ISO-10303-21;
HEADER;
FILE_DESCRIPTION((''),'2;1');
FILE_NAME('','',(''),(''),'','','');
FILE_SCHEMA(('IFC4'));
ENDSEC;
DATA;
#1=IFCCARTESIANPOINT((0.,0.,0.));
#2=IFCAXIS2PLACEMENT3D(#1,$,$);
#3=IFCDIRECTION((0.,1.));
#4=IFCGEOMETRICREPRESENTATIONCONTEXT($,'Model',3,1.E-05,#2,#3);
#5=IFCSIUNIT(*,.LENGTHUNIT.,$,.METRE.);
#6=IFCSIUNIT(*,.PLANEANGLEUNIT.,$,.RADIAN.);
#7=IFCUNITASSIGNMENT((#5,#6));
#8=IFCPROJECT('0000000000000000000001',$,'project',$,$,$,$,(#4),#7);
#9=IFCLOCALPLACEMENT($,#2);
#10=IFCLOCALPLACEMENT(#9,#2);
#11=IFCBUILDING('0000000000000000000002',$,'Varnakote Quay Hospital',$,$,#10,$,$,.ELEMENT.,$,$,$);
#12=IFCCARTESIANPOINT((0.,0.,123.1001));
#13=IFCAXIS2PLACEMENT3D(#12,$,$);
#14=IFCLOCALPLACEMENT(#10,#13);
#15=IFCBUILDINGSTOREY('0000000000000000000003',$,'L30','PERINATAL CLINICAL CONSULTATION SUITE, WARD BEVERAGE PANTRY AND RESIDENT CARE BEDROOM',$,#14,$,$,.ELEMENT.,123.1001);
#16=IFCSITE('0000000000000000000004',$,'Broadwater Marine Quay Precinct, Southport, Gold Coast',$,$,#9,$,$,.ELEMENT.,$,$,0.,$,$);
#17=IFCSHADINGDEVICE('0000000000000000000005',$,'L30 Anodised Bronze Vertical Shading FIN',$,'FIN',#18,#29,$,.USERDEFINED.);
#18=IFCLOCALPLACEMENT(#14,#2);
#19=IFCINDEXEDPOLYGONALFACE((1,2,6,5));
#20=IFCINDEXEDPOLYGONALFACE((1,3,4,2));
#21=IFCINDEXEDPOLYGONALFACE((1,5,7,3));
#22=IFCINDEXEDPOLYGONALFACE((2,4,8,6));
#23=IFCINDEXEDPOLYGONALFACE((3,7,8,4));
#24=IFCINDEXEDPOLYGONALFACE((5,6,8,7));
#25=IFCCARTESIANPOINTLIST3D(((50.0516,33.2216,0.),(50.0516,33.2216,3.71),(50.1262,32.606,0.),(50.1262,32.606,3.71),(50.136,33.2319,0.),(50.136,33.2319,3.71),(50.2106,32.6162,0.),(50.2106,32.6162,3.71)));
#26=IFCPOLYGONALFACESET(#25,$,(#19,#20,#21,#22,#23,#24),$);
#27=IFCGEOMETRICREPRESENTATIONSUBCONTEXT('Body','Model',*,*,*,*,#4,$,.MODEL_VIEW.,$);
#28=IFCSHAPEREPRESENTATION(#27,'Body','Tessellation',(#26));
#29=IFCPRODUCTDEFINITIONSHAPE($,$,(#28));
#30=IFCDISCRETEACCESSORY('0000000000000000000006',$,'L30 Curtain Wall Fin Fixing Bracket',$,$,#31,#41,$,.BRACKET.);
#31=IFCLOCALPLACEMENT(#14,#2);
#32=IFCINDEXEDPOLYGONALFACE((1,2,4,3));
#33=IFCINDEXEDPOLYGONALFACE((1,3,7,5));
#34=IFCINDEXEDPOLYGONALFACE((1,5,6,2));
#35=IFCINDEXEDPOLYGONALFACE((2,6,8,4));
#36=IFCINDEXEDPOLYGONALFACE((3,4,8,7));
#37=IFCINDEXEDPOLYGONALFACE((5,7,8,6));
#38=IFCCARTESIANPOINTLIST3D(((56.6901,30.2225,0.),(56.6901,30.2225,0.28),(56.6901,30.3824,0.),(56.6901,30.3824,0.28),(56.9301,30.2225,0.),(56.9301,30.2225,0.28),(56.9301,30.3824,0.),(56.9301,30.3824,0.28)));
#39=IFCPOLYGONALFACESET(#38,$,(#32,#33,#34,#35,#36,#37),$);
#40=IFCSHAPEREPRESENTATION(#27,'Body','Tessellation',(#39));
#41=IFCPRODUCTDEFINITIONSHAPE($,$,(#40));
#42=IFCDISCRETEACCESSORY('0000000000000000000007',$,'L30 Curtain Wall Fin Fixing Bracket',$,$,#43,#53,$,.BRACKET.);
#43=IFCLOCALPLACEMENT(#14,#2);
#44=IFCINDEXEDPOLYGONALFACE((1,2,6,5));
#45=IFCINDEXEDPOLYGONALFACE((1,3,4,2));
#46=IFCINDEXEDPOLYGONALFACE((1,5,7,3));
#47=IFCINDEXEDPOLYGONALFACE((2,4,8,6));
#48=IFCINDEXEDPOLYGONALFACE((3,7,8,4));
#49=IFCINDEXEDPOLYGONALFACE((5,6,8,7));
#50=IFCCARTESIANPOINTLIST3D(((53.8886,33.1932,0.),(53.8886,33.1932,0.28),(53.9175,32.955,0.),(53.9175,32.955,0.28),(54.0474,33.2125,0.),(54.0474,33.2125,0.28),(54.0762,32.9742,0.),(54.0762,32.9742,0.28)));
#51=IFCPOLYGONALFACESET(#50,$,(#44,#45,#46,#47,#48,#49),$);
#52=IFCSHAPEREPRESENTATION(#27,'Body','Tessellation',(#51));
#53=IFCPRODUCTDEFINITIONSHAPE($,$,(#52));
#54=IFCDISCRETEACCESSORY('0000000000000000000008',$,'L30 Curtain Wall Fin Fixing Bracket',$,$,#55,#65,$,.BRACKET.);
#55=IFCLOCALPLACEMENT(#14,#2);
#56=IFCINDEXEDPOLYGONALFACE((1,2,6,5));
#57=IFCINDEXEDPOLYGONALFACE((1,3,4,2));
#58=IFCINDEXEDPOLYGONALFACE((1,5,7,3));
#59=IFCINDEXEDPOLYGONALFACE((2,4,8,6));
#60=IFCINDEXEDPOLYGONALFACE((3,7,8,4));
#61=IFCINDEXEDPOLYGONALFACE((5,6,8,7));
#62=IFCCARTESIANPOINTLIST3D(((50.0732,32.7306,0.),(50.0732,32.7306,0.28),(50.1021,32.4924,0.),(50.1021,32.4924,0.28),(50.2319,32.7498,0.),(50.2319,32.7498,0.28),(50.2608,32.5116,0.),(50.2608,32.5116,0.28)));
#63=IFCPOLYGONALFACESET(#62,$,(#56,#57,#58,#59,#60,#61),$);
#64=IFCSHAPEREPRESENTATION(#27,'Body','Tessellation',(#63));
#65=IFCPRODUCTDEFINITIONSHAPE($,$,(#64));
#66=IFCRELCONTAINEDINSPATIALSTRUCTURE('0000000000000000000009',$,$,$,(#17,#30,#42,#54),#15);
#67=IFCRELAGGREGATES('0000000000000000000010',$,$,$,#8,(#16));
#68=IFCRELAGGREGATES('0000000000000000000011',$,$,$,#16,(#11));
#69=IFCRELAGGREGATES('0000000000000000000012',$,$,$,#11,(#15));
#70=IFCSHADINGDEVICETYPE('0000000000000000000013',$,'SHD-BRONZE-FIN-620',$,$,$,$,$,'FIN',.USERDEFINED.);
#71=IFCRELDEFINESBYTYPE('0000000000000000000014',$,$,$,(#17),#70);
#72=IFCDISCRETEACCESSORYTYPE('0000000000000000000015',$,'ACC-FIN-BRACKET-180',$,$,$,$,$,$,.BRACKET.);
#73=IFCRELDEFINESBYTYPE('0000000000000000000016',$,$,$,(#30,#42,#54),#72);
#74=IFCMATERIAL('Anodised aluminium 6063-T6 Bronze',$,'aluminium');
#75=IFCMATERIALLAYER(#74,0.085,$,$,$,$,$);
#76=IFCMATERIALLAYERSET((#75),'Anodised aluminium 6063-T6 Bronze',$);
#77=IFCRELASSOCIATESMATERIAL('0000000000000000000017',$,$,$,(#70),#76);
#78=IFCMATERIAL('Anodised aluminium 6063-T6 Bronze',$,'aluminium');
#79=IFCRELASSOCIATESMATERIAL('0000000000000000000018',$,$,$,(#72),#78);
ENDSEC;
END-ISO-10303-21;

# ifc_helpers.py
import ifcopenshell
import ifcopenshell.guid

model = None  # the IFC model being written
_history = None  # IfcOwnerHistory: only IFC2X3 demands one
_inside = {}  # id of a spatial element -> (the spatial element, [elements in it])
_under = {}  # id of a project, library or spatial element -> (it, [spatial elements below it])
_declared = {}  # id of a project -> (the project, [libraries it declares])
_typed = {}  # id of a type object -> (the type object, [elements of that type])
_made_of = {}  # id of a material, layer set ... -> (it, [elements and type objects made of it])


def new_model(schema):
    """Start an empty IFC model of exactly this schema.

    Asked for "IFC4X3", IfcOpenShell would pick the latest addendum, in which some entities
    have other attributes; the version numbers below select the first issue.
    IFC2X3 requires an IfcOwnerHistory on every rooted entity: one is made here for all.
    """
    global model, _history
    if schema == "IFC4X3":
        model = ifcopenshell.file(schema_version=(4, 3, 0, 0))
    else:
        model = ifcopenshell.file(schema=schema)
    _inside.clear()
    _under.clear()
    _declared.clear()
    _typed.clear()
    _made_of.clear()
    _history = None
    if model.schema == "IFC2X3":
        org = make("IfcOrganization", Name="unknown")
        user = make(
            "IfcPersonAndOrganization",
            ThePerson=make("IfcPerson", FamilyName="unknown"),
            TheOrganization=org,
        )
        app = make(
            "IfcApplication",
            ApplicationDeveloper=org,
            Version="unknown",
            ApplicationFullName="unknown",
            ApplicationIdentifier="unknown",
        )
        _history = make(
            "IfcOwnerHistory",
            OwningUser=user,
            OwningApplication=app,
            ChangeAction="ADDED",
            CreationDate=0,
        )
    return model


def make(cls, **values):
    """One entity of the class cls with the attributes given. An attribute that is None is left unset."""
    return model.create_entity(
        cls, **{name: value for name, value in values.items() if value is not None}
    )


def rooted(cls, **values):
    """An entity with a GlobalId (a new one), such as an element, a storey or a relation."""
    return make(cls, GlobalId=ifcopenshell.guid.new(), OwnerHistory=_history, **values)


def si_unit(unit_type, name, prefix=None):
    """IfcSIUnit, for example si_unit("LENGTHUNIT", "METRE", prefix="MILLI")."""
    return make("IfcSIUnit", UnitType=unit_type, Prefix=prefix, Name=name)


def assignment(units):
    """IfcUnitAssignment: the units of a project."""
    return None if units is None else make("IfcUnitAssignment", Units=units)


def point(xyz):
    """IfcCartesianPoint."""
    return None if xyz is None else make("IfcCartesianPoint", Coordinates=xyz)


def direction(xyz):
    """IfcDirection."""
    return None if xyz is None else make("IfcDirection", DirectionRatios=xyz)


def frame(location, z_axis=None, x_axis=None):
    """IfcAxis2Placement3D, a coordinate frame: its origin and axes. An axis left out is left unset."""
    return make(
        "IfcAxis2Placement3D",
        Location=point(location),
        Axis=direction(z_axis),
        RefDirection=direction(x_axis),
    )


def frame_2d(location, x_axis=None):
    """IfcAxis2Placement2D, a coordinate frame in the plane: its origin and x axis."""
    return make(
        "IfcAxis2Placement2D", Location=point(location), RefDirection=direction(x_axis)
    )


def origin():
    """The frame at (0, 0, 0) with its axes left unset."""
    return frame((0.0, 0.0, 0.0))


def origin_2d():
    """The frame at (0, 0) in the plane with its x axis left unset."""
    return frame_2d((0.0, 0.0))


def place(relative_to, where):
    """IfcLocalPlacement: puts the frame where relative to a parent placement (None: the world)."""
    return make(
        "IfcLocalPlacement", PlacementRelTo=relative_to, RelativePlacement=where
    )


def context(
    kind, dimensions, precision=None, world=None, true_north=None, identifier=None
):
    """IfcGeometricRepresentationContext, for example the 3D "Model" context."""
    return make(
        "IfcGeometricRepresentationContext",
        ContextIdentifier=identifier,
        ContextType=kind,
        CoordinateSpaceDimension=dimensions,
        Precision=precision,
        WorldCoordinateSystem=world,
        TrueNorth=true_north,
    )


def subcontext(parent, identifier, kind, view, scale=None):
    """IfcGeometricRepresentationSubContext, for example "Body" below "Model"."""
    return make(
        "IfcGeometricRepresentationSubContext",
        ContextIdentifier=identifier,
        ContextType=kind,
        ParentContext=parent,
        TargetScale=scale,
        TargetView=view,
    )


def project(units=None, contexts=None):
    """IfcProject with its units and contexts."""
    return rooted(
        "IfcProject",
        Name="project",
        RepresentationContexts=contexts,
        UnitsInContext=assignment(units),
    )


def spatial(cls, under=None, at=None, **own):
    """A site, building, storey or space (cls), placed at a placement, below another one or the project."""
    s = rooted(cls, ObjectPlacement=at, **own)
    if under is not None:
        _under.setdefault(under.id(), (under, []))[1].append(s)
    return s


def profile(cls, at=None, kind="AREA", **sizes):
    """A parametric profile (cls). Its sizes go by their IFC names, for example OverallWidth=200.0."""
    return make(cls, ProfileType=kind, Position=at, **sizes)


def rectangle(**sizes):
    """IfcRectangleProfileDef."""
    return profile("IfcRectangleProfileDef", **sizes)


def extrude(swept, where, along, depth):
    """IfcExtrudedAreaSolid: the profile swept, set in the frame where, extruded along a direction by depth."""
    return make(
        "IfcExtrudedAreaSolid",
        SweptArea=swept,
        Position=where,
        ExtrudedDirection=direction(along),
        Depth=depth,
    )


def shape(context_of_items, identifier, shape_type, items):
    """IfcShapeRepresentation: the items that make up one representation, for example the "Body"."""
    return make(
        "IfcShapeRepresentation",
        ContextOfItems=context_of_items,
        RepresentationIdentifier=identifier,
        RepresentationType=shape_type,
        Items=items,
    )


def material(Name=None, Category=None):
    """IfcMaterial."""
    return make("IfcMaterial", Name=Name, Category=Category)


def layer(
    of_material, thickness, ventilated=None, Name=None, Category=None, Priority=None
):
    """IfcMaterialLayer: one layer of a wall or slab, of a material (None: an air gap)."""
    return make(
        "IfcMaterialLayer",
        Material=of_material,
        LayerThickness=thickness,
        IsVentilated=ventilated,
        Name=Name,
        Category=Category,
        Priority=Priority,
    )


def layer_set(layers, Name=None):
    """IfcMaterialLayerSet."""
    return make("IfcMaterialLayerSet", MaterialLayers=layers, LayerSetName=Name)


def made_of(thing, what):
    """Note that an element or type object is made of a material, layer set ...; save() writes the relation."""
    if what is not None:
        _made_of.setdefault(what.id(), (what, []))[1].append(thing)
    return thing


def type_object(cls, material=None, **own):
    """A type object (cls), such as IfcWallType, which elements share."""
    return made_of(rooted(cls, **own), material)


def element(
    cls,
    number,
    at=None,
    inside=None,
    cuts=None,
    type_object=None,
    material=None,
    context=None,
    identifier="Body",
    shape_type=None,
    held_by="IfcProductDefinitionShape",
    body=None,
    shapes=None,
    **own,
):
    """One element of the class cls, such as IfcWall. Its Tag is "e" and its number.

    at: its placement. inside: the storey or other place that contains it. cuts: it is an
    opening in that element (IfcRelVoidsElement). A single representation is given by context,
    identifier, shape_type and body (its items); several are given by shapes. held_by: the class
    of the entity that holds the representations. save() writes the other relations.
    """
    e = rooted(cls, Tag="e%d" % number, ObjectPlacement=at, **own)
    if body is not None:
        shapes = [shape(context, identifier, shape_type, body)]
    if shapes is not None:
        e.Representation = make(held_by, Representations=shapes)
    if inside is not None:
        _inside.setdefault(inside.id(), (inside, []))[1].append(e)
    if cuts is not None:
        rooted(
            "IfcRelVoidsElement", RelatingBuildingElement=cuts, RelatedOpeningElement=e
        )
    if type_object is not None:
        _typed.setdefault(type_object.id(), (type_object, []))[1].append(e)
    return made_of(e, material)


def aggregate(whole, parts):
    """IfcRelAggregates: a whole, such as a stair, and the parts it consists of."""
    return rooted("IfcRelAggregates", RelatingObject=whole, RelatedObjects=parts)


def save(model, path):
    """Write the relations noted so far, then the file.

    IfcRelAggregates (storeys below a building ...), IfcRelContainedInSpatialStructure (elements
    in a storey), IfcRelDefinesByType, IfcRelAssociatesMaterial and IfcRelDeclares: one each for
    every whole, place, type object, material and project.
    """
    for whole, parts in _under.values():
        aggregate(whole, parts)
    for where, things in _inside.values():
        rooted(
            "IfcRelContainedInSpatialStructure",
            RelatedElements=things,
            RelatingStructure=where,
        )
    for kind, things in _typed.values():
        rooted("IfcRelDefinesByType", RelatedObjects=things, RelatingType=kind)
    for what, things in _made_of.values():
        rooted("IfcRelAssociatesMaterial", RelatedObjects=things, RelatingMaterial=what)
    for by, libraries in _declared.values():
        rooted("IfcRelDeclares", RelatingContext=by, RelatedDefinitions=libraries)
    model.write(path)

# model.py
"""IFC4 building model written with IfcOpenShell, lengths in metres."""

from ifc_helpers import new_model, si_unit, direction, frame, origin, origin_2d, place, context, subcontext, project, spatial, rectangle, extrude, material, layer, layer_set, type_object, element, save


model = new_model("IFC4")

# Units and contexts
model_context = context("Model", 3, precision=1e-05, world=origin(), true_north=direction((0.0, 1.0)))
body_context = subcontext(model_context, "Body", "Model", "MODEL_VIEW")
ifc_project = project(units=[si_unit("LENGTHUNIT", "METRE"), si_unit("PLANEANGLEUNIT", "RADIAN")], contexts=[model_context])

# Site, building, storey
site_placement = place(None, origin())
site = spatial("IfcSite", under=ifc_project, at=site_placement, Name="Broadwater Marine Quay Precinct, Southport, Gold Coast", CompositionType="ELEMENT", RefElevation=0.0)
building_placement = place(site_placement, origin())
building = spatial("IfcBuilding", under=site, at=building_placement, Name="Varnakote Quay Hospital", CompositionType="ELEMENT")
storey_placement = place(building_placement, frame((0.0, 0.0, 123.1001)))
storey = spatial("IfcBuildingStorey", under=building, at=storey_placement, Name="L30", Description="PERINATAL CLINICAL CONSULTATION SUITE, WARD BEVERAGE PANTRY AND RESIDENT CARE BEDROOM", CompositionType="ELEMENT", Elevation=123.1001)

# Shading device
ifc_material_1 = material(Name="Anodised aluminium 6063-T6 Bronze", Category="aluminium")
ifc_layer_1 = layer(ifc_material_1, 0.085)
ifc_layer_set_1 = layer_set([ifc_layer_1], Name="Anodised aluminium 6063-T6 Bronze")
shading_device_type = type_object("IfcShadingDeviceType", Name="SHD-BRONZE-FIN-620", ElementType="FIN", PredefinedType="USERDEFINED", material=ifc_layer_set_1)
for number, where, z_axis, x_axis, name in (
    (1, (50.1311, 32.9189, 0.0), (0.0, 0.0, 1.0), (0.12031, -0.992736, 0.0), "L30 Anodised Bronze Vertical Shading FIN"),
):
    element("IfcShadingDevice", number, at=place(storey_placement, frame(where, z_axis=z_axis, x_axis=x_axis)), inside=storey, type_object=shading_device_type, Name=name, ObjectType="FIN", PredefinedType="USERDEFINED", context=body_context, shape_type="SweptSolid", body=[
        extrude(rectangle(XDim=0.6201, YDim=0.085, at=origin_2d()), origin(), (0.0, 0.0, 1.0), 3.71),
    ])

# Discrete accessories
ifc_material_2 = material(Name="Anodised aluminium 6063-T6 Bronze", Category="aluminium")
discrete_accessory_type = type_object("IfcDiscreteAccessoryType", Name="ACC-FIN-BRACKET-180", PredefinedType="BRACKET", material=ifc_material_2)
for number, where, z_axis, x_axis, name in (
    (2, (56.8101, 30.3025, 0.0), (0.0, 0.0, 1.0), (0.0, 1.0, 0.0), "L30 Curtain Wall Fin Fixing Bracket"),
    (3, (53.9824, 33.0837, 0.0), (0.0, 0.0, 1.0), (-0.992736, -0.12031, 0.0), "L30 Curtain Wall Fin Fixing Bracket"),
    (4, (50.167, 32.6211, 0.0), (0.0, 0.0, 1.0), (-0.992736, -0.12031, 0.0), "L30 Curtain Wall Fin Fixing Bracket"),
):
    element("IfcDiscreteAccessory", number, at=place(storey_placement, frame(where, z_axis=z_axis, x_axis=x_axis)), inside=storey, type_object=discrete_accessory_type, Name=name, PredefinedType="BRACKET", context=body_context, shape_type="SweptSolid", body=[
        extrude(rectangle(XDim=0.1599, YDim=0.24, at=origin_2d()), origin(), (0.0, 0.0, 1.0), 0.28),
    ])

save(model, "model.ifc")
